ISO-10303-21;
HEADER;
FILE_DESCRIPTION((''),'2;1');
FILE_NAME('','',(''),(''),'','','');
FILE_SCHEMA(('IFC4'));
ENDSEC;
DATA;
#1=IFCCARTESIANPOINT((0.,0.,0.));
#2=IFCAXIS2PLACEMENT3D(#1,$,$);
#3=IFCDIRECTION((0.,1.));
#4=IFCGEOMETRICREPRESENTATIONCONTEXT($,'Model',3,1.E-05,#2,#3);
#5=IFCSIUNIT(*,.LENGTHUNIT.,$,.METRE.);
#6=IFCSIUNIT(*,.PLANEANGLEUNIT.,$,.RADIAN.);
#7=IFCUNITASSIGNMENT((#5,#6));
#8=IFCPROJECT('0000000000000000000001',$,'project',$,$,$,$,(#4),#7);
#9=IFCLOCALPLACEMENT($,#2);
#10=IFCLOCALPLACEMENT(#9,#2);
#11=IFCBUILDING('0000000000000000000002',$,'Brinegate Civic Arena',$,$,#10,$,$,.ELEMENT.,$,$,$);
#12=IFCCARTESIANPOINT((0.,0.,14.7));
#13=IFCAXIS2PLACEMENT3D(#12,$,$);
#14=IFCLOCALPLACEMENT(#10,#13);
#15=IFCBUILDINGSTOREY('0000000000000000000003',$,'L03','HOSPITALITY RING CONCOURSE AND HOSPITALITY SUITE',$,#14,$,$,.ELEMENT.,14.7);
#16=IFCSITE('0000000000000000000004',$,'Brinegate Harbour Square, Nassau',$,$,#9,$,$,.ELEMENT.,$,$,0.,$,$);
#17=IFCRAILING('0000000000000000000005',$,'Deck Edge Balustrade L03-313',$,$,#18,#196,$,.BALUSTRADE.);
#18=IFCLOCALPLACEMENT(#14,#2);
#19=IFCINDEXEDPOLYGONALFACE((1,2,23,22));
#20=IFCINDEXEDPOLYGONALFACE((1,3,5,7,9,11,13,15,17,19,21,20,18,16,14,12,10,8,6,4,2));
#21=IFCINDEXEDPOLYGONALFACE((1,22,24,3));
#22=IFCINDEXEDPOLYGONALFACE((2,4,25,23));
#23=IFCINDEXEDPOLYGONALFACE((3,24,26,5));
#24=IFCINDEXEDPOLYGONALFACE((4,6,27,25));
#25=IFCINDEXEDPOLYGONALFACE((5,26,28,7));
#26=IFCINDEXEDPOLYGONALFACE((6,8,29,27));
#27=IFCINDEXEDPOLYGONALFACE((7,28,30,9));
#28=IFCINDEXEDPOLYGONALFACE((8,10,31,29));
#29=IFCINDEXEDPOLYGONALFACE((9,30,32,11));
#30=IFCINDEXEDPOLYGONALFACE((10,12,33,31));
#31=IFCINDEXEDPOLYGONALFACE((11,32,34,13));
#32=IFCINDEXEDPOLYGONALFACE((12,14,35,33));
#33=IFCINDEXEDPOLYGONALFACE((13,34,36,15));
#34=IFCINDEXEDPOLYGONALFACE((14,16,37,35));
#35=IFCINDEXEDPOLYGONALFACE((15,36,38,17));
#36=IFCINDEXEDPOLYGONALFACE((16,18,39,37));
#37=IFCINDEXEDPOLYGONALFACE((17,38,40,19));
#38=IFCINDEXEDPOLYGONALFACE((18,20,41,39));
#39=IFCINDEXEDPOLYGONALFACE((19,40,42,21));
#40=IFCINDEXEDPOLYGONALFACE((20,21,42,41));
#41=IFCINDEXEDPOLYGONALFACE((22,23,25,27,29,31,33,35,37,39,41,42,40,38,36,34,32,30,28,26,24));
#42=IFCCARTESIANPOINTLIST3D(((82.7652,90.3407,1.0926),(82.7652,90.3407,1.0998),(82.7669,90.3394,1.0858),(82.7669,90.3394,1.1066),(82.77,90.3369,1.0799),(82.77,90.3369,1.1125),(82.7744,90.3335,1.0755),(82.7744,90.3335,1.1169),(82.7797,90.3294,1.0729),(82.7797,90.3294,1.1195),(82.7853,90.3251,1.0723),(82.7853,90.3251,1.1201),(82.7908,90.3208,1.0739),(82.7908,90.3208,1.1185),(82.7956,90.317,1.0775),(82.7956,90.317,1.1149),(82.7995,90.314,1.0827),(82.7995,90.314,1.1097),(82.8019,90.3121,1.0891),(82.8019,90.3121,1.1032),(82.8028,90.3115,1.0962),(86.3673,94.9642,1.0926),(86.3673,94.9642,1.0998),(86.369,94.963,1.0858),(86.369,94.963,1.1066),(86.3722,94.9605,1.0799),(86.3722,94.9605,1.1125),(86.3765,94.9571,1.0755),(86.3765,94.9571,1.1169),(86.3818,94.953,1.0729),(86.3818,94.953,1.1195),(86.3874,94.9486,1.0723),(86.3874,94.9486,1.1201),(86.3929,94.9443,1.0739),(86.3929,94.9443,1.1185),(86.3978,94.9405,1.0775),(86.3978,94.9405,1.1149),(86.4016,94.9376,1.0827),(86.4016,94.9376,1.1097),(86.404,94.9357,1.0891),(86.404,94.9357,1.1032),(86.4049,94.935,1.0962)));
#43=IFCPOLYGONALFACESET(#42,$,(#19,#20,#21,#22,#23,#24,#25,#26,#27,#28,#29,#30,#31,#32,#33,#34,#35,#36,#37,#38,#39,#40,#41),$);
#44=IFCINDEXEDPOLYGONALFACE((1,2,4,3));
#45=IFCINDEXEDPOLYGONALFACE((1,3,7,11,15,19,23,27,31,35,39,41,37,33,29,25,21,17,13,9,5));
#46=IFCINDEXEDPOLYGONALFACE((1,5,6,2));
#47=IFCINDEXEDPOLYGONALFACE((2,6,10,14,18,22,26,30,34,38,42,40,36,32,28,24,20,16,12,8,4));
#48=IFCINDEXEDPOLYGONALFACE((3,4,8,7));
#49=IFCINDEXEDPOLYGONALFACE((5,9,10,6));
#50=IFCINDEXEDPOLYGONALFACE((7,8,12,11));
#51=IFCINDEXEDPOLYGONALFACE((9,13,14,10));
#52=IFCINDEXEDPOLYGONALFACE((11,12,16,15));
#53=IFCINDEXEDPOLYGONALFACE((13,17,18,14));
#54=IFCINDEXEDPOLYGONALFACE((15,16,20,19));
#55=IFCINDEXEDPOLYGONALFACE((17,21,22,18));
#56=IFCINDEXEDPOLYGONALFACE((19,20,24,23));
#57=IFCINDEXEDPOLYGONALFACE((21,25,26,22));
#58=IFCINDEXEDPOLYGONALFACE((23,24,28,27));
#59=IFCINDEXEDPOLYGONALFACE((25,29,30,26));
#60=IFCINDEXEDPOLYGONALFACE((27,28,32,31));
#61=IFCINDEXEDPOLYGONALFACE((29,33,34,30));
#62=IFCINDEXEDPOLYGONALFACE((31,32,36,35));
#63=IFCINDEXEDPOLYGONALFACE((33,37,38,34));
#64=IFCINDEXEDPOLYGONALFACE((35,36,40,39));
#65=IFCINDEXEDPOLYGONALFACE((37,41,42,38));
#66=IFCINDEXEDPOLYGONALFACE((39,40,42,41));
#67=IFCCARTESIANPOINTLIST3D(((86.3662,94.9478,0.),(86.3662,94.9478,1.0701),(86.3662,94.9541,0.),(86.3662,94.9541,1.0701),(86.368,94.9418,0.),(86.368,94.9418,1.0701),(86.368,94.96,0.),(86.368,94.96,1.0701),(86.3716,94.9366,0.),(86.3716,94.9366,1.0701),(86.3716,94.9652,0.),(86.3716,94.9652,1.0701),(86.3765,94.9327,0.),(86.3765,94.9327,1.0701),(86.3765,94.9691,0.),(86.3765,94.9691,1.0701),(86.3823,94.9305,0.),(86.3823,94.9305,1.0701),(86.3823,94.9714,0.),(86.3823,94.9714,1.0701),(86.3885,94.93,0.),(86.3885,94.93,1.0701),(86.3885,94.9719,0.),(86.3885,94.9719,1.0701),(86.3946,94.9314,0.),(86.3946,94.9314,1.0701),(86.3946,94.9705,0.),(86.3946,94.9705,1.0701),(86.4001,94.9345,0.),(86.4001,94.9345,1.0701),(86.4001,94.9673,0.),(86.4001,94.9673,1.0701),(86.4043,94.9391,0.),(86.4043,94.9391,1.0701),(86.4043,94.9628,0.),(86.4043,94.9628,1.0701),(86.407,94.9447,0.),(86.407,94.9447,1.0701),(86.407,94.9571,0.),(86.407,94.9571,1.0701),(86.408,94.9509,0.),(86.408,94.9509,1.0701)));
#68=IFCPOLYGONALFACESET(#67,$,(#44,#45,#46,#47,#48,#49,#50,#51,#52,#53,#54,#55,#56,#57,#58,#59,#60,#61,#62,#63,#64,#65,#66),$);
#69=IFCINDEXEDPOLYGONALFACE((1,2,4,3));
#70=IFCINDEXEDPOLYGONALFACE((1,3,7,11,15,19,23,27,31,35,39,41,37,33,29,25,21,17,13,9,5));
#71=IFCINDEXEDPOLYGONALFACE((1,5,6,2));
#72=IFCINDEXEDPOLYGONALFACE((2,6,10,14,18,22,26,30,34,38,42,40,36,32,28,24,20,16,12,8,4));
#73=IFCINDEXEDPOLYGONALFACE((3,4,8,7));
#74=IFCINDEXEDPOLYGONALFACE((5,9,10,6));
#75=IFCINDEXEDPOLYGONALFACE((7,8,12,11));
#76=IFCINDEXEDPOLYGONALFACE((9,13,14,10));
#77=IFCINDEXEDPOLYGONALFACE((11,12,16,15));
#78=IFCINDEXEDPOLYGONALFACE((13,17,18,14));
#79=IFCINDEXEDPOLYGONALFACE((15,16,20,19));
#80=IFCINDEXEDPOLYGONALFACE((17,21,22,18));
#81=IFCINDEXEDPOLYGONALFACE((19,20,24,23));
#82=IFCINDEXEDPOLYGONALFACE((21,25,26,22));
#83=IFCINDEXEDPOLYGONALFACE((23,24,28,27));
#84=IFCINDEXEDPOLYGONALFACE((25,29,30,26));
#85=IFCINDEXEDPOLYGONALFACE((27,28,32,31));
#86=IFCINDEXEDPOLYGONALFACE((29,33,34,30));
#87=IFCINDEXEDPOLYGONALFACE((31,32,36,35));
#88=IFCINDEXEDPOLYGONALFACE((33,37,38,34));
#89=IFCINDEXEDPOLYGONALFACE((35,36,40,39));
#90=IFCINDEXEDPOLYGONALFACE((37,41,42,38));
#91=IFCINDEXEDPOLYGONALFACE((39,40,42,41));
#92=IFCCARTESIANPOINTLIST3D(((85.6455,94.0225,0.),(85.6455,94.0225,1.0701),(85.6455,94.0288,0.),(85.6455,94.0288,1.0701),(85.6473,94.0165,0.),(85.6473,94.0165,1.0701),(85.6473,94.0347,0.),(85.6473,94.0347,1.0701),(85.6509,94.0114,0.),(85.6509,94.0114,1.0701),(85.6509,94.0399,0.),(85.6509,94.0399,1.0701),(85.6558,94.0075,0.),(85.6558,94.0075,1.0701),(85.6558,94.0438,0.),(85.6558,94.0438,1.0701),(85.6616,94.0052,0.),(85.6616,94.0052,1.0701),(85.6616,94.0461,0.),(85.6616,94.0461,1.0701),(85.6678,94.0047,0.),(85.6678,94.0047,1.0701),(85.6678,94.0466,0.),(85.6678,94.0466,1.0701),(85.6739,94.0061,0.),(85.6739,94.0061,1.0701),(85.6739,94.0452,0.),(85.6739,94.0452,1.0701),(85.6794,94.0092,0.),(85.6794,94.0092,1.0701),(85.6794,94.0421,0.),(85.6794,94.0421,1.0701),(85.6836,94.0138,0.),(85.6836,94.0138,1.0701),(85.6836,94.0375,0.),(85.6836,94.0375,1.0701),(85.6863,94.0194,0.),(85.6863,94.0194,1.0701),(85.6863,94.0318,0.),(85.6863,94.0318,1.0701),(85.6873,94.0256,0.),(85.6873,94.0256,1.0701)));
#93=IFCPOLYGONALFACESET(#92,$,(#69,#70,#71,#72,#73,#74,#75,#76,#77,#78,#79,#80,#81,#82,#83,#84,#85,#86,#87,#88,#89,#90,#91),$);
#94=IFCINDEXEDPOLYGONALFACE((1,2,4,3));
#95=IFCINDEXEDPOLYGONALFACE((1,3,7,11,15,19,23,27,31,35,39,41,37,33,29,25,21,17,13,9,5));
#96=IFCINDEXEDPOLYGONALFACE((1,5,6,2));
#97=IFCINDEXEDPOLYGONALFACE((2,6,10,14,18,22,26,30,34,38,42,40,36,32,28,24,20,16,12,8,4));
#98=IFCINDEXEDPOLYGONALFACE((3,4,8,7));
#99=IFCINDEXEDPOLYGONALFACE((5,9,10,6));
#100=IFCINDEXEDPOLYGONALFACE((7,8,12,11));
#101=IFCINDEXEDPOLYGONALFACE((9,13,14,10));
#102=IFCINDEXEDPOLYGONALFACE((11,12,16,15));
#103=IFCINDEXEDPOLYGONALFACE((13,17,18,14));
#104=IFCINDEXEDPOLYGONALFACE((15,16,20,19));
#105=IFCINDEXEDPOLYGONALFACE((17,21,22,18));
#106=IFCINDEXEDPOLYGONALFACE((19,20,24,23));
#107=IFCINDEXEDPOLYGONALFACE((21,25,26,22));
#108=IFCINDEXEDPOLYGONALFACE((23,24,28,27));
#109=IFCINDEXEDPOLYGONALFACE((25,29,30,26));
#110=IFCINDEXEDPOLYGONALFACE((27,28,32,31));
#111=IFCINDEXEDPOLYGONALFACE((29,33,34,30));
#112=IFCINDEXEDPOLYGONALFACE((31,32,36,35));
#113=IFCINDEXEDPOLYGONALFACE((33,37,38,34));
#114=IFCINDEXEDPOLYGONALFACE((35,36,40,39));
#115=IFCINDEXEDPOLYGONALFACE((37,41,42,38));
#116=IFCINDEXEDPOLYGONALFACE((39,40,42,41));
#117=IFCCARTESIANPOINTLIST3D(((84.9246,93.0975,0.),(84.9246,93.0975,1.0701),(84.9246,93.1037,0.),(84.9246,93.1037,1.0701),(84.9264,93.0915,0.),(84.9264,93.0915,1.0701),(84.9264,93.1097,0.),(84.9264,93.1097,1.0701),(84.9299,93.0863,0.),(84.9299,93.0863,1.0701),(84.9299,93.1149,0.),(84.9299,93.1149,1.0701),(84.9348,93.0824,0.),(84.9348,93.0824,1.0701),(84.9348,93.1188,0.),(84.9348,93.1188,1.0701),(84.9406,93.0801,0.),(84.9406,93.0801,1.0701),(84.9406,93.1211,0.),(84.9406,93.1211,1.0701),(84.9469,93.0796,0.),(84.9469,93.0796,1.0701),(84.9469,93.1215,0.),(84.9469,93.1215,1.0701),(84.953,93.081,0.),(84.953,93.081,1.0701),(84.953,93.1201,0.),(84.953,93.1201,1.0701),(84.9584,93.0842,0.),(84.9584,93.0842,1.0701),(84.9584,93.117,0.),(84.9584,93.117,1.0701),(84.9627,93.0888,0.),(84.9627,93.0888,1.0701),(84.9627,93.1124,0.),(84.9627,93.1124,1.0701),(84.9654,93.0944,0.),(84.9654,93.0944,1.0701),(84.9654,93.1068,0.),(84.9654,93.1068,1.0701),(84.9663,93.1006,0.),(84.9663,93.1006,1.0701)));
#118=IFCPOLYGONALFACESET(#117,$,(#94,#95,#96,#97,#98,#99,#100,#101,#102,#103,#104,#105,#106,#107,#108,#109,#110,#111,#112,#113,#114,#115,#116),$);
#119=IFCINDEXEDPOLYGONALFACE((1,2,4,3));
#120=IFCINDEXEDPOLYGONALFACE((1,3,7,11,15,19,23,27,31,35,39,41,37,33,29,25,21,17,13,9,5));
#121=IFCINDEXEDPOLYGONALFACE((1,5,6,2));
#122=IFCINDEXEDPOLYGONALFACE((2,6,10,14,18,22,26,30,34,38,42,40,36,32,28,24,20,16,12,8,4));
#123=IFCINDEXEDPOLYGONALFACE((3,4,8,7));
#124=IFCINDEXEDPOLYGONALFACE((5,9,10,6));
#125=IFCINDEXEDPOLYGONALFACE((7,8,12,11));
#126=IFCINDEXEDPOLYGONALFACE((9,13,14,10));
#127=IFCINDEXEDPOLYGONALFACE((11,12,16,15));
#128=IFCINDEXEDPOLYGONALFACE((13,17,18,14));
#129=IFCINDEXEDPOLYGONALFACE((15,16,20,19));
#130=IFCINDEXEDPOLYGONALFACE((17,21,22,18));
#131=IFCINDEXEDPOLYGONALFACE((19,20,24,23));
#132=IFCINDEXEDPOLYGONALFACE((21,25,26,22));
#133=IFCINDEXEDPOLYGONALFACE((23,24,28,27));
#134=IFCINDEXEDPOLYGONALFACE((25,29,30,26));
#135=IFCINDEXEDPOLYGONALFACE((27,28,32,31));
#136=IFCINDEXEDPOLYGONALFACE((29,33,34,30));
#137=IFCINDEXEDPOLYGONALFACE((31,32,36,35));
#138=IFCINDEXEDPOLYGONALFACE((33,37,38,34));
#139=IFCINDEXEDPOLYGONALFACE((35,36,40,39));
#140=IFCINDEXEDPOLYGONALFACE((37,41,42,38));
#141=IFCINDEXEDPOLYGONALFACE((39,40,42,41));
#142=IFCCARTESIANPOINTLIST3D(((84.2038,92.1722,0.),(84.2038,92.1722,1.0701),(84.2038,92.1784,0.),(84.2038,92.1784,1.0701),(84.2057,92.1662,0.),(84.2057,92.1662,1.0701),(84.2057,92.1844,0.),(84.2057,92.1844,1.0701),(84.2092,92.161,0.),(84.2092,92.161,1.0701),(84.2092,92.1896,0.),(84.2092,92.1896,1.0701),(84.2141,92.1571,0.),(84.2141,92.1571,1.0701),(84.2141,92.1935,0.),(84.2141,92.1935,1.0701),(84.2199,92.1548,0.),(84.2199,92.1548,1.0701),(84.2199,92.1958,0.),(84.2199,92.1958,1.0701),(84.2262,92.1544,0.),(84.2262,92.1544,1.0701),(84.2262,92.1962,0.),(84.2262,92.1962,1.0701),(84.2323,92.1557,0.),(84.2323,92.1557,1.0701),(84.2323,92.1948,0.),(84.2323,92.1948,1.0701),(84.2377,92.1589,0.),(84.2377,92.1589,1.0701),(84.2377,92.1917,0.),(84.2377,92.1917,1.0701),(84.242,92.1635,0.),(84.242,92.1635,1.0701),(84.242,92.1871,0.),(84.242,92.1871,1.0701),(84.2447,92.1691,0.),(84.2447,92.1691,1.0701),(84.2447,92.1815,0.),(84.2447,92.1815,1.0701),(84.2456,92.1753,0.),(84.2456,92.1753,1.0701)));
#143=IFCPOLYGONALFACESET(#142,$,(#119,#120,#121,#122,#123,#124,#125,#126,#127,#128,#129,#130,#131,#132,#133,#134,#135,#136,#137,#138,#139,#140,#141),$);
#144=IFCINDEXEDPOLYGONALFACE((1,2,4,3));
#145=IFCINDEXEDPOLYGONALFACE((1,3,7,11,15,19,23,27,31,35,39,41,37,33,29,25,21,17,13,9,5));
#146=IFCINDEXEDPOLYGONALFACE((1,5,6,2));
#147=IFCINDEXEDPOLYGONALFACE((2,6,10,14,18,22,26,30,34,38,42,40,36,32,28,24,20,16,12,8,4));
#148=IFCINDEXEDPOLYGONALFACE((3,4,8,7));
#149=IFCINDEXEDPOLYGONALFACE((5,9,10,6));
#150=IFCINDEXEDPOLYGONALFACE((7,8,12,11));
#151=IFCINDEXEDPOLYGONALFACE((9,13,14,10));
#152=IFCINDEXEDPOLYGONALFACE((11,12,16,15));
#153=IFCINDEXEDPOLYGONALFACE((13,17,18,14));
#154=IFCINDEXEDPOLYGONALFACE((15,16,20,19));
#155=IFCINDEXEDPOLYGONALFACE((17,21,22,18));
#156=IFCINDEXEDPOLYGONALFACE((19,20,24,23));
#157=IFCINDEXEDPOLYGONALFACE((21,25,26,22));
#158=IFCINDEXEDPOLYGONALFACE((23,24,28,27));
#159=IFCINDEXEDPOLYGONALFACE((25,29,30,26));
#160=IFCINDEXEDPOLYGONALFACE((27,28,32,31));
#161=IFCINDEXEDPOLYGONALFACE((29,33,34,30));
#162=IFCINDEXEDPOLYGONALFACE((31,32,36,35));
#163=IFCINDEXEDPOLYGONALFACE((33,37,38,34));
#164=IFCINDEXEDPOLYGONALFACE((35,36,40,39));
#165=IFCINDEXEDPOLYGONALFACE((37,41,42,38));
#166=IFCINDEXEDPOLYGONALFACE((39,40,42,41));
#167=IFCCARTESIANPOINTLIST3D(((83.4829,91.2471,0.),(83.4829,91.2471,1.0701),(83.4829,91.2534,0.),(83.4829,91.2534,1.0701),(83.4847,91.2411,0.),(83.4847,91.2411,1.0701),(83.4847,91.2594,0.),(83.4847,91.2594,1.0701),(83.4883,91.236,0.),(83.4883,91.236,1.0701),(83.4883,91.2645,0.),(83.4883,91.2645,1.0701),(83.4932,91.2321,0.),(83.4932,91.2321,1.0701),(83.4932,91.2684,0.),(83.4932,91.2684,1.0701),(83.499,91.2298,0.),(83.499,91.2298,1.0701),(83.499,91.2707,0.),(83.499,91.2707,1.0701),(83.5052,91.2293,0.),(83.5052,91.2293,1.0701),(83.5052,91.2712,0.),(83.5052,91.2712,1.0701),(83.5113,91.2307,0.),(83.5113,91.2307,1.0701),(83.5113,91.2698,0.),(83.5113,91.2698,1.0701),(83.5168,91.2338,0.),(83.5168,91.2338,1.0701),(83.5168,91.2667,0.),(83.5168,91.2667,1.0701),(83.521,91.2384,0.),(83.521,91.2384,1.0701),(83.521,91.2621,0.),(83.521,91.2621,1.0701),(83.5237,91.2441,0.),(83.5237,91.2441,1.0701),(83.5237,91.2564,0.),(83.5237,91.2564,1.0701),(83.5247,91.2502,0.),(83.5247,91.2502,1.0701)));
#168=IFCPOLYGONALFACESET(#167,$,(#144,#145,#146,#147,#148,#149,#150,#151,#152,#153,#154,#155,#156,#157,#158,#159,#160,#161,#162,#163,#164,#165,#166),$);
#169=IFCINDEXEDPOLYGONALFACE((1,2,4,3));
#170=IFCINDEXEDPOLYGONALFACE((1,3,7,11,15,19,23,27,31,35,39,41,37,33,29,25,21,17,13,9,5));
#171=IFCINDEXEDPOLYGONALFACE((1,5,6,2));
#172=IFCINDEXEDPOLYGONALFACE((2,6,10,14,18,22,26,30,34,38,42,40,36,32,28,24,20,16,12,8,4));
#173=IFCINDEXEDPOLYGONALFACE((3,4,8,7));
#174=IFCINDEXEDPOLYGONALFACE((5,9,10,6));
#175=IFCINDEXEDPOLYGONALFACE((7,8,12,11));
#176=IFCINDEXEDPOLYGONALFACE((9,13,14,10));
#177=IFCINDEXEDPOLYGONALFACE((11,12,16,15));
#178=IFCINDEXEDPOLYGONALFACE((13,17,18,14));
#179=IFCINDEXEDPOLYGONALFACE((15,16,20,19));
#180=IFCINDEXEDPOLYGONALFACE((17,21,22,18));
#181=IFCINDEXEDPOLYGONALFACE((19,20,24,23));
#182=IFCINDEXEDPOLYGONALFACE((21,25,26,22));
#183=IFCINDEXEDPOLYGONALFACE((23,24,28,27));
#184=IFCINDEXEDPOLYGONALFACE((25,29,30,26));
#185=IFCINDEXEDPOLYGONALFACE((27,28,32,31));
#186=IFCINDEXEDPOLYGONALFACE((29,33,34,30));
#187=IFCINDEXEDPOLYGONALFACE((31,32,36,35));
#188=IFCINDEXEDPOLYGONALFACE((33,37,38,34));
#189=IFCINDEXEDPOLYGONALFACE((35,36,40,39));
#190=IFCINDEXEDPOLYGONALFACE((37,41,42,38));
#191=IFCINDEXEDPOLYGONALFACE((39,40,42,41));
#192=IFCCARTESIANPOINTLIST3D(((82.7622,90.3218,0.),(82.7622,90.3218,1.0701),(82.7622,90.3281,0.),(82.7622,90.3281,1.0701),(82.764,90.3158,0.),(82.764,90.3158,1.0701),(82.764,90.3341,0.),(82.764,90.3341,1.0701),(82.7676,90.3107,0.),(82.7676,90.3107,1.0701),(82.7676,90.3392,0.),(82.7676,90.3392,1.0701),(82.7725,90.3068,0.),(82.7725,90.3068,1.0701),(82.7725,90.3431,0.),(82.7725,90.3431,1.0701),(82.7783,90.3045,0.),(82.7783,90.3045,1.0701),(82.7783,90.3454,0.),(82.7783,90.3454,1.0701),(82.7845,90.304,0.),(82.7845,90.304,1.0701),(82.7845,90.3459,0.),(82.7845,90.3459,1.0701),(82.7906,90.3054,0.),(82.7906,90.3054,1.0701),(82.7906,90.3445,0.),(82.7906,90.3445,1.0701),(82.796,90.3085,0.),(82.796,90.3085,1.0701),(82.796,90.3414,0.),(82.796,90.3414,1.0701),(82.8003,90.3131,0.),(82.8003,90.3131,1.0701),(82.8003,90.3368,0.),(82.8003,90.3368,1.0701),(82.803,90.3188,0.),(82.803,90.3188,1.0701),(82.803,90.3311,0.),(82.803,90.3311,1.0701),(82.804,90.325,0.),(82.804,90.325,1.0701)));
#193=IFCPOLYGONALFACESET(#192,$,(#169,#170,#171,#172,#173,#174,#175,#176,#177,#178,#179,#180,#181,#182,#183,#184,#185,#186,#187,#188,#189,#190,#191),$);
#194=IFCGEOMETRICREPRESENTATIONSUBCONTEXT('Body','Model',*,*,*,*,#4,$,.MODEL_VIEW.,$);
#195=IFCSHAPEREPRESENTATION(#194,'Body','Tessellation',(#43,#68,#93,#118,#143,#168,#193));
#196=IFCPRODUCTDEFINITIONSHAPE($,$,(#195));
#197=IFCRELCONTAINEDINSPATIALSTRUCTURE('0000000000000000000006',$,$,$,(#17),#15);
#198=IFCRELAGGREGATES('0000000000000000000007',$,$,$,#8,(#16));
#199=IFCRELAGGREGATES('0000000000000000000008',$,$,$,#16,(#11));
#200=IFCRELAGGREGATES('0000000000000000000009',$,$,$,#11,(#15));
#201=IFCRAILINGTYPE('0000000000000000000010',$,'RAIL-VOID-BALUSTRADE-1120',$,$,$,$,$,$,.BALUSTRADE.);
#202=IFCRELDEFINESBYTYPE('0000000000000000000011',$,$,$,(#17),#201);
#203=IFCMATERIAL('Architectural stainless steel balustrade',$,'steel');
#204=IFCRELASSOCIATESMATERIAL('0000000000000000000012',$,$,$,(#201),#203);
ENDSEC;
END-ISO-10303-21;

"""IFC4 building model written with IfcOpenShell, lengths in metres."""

from ifc_helpers import new_model, si_unit, direction, frame, origin, origin_2d, place, context, subcontext, project, spatial, circle, extrude, material, type_object, element, save


model = new_model("IFC4")

# Units and contexts
model_context = context("Model", 3, precision=1e-05, world=origin(), true_north=direction((0.0, 1.0)))
body_context = subcontext(model_context, "Body", "Model", "MODEL_VIEW")
ifc_project = project(units=[si_unit("LENGTHUNIT", "METRE"), si_unit("PLANEANGLEUNIT", "RADIAN")], contexts=[model_context])

# Site, building, storey
site_placement = place(None, origin())
site = spatial("IfcSite", under=ifc_project, at=site_placement, Name="Brinegate Harbour Square, Nassau", CompositionType="ELEMENT", RefElevation=0.0)
building_placement = place(site_placement, origin())
building = spatial("IfcBuilding", under=site, at=building_placement, Name="Brinegate Civic Arena", CompositionType="ELEMENT")
storey_placement = place(building_placement, frame((0.0, 0.0, 14.7)))
storey = spatial("IfcBuildingStorey", under=building, at=storey_placement, Name="L03", Description="HOSPITALITY RING CONCOURSE AND HOSPITALITY SUITE", CompositionType="ELEMENT", Elevation=14.7)

# Railing
ifc_material_1 = material(Name="Architectural stainless steel balustrade", Category="steel")
railing_type = type_object("IfcRailingType", Name="RAIL-VOID-BALUSTRADE-1120", PredefinedType="BALUSTRADE", material=ifc_material_1)
railing_1_placement = place(storey_placement, frame((86.387, 94.9509, 0.0)))
element("IfcRailing", 1, at=railing_1_placement, inside=storey, type_object=railing_type, Name="Deck Edge Balustrade L03-313", PredefinedType="BALUSTRADE", context=body_context, shape_type="SweptSolid", body=[
    extrude(circle(Radius=0.0239, at=origin_2d()), frame((-0.001, -0.0012, 1.0962), z_axis=(-0.61458, -0.788854, 0.0), x_axis=(0.788854, -0.61458, 0.0)), (0.0, 0.0, 1.0), 5.8611),
    extrude(circle(Radius=0.021, at=origin_2d()), origin(), (0.0, 0.0, 1.0), 1.0701),
    extrude(circle(Radius=0.021, at=origin_2d()), frame((-0.7207, -0.9253, 0.0)), (0.0, 0.0, 1.0), 1.0701),
    extrude(circle(Radius=0.021, at=origin_2d()), frame((-1.4417, -1.8503, 0.0)), (0.0, 0.0, 1.0), 1.0701),
    extrude(circle(Radius=0.021, at=origin_2d()), frame((-2.1624, -2.7756, 0.0)), (0.0, 0.0, 1.0), 1.0701),
    extrude(circle(Radius=0.021, at=origin_2d()), frame((-2.8833, -3.7007, 0.0)), (0.0, 0.0, 1.0), 1.0701),
    extrude(circle(Radius=0.021, at=origin_2d()), frame((-3.604, -4.626, 0.0)), (0.0, 0.0, 1.0), 1.0701),
])

save(model, "model.ifc")
